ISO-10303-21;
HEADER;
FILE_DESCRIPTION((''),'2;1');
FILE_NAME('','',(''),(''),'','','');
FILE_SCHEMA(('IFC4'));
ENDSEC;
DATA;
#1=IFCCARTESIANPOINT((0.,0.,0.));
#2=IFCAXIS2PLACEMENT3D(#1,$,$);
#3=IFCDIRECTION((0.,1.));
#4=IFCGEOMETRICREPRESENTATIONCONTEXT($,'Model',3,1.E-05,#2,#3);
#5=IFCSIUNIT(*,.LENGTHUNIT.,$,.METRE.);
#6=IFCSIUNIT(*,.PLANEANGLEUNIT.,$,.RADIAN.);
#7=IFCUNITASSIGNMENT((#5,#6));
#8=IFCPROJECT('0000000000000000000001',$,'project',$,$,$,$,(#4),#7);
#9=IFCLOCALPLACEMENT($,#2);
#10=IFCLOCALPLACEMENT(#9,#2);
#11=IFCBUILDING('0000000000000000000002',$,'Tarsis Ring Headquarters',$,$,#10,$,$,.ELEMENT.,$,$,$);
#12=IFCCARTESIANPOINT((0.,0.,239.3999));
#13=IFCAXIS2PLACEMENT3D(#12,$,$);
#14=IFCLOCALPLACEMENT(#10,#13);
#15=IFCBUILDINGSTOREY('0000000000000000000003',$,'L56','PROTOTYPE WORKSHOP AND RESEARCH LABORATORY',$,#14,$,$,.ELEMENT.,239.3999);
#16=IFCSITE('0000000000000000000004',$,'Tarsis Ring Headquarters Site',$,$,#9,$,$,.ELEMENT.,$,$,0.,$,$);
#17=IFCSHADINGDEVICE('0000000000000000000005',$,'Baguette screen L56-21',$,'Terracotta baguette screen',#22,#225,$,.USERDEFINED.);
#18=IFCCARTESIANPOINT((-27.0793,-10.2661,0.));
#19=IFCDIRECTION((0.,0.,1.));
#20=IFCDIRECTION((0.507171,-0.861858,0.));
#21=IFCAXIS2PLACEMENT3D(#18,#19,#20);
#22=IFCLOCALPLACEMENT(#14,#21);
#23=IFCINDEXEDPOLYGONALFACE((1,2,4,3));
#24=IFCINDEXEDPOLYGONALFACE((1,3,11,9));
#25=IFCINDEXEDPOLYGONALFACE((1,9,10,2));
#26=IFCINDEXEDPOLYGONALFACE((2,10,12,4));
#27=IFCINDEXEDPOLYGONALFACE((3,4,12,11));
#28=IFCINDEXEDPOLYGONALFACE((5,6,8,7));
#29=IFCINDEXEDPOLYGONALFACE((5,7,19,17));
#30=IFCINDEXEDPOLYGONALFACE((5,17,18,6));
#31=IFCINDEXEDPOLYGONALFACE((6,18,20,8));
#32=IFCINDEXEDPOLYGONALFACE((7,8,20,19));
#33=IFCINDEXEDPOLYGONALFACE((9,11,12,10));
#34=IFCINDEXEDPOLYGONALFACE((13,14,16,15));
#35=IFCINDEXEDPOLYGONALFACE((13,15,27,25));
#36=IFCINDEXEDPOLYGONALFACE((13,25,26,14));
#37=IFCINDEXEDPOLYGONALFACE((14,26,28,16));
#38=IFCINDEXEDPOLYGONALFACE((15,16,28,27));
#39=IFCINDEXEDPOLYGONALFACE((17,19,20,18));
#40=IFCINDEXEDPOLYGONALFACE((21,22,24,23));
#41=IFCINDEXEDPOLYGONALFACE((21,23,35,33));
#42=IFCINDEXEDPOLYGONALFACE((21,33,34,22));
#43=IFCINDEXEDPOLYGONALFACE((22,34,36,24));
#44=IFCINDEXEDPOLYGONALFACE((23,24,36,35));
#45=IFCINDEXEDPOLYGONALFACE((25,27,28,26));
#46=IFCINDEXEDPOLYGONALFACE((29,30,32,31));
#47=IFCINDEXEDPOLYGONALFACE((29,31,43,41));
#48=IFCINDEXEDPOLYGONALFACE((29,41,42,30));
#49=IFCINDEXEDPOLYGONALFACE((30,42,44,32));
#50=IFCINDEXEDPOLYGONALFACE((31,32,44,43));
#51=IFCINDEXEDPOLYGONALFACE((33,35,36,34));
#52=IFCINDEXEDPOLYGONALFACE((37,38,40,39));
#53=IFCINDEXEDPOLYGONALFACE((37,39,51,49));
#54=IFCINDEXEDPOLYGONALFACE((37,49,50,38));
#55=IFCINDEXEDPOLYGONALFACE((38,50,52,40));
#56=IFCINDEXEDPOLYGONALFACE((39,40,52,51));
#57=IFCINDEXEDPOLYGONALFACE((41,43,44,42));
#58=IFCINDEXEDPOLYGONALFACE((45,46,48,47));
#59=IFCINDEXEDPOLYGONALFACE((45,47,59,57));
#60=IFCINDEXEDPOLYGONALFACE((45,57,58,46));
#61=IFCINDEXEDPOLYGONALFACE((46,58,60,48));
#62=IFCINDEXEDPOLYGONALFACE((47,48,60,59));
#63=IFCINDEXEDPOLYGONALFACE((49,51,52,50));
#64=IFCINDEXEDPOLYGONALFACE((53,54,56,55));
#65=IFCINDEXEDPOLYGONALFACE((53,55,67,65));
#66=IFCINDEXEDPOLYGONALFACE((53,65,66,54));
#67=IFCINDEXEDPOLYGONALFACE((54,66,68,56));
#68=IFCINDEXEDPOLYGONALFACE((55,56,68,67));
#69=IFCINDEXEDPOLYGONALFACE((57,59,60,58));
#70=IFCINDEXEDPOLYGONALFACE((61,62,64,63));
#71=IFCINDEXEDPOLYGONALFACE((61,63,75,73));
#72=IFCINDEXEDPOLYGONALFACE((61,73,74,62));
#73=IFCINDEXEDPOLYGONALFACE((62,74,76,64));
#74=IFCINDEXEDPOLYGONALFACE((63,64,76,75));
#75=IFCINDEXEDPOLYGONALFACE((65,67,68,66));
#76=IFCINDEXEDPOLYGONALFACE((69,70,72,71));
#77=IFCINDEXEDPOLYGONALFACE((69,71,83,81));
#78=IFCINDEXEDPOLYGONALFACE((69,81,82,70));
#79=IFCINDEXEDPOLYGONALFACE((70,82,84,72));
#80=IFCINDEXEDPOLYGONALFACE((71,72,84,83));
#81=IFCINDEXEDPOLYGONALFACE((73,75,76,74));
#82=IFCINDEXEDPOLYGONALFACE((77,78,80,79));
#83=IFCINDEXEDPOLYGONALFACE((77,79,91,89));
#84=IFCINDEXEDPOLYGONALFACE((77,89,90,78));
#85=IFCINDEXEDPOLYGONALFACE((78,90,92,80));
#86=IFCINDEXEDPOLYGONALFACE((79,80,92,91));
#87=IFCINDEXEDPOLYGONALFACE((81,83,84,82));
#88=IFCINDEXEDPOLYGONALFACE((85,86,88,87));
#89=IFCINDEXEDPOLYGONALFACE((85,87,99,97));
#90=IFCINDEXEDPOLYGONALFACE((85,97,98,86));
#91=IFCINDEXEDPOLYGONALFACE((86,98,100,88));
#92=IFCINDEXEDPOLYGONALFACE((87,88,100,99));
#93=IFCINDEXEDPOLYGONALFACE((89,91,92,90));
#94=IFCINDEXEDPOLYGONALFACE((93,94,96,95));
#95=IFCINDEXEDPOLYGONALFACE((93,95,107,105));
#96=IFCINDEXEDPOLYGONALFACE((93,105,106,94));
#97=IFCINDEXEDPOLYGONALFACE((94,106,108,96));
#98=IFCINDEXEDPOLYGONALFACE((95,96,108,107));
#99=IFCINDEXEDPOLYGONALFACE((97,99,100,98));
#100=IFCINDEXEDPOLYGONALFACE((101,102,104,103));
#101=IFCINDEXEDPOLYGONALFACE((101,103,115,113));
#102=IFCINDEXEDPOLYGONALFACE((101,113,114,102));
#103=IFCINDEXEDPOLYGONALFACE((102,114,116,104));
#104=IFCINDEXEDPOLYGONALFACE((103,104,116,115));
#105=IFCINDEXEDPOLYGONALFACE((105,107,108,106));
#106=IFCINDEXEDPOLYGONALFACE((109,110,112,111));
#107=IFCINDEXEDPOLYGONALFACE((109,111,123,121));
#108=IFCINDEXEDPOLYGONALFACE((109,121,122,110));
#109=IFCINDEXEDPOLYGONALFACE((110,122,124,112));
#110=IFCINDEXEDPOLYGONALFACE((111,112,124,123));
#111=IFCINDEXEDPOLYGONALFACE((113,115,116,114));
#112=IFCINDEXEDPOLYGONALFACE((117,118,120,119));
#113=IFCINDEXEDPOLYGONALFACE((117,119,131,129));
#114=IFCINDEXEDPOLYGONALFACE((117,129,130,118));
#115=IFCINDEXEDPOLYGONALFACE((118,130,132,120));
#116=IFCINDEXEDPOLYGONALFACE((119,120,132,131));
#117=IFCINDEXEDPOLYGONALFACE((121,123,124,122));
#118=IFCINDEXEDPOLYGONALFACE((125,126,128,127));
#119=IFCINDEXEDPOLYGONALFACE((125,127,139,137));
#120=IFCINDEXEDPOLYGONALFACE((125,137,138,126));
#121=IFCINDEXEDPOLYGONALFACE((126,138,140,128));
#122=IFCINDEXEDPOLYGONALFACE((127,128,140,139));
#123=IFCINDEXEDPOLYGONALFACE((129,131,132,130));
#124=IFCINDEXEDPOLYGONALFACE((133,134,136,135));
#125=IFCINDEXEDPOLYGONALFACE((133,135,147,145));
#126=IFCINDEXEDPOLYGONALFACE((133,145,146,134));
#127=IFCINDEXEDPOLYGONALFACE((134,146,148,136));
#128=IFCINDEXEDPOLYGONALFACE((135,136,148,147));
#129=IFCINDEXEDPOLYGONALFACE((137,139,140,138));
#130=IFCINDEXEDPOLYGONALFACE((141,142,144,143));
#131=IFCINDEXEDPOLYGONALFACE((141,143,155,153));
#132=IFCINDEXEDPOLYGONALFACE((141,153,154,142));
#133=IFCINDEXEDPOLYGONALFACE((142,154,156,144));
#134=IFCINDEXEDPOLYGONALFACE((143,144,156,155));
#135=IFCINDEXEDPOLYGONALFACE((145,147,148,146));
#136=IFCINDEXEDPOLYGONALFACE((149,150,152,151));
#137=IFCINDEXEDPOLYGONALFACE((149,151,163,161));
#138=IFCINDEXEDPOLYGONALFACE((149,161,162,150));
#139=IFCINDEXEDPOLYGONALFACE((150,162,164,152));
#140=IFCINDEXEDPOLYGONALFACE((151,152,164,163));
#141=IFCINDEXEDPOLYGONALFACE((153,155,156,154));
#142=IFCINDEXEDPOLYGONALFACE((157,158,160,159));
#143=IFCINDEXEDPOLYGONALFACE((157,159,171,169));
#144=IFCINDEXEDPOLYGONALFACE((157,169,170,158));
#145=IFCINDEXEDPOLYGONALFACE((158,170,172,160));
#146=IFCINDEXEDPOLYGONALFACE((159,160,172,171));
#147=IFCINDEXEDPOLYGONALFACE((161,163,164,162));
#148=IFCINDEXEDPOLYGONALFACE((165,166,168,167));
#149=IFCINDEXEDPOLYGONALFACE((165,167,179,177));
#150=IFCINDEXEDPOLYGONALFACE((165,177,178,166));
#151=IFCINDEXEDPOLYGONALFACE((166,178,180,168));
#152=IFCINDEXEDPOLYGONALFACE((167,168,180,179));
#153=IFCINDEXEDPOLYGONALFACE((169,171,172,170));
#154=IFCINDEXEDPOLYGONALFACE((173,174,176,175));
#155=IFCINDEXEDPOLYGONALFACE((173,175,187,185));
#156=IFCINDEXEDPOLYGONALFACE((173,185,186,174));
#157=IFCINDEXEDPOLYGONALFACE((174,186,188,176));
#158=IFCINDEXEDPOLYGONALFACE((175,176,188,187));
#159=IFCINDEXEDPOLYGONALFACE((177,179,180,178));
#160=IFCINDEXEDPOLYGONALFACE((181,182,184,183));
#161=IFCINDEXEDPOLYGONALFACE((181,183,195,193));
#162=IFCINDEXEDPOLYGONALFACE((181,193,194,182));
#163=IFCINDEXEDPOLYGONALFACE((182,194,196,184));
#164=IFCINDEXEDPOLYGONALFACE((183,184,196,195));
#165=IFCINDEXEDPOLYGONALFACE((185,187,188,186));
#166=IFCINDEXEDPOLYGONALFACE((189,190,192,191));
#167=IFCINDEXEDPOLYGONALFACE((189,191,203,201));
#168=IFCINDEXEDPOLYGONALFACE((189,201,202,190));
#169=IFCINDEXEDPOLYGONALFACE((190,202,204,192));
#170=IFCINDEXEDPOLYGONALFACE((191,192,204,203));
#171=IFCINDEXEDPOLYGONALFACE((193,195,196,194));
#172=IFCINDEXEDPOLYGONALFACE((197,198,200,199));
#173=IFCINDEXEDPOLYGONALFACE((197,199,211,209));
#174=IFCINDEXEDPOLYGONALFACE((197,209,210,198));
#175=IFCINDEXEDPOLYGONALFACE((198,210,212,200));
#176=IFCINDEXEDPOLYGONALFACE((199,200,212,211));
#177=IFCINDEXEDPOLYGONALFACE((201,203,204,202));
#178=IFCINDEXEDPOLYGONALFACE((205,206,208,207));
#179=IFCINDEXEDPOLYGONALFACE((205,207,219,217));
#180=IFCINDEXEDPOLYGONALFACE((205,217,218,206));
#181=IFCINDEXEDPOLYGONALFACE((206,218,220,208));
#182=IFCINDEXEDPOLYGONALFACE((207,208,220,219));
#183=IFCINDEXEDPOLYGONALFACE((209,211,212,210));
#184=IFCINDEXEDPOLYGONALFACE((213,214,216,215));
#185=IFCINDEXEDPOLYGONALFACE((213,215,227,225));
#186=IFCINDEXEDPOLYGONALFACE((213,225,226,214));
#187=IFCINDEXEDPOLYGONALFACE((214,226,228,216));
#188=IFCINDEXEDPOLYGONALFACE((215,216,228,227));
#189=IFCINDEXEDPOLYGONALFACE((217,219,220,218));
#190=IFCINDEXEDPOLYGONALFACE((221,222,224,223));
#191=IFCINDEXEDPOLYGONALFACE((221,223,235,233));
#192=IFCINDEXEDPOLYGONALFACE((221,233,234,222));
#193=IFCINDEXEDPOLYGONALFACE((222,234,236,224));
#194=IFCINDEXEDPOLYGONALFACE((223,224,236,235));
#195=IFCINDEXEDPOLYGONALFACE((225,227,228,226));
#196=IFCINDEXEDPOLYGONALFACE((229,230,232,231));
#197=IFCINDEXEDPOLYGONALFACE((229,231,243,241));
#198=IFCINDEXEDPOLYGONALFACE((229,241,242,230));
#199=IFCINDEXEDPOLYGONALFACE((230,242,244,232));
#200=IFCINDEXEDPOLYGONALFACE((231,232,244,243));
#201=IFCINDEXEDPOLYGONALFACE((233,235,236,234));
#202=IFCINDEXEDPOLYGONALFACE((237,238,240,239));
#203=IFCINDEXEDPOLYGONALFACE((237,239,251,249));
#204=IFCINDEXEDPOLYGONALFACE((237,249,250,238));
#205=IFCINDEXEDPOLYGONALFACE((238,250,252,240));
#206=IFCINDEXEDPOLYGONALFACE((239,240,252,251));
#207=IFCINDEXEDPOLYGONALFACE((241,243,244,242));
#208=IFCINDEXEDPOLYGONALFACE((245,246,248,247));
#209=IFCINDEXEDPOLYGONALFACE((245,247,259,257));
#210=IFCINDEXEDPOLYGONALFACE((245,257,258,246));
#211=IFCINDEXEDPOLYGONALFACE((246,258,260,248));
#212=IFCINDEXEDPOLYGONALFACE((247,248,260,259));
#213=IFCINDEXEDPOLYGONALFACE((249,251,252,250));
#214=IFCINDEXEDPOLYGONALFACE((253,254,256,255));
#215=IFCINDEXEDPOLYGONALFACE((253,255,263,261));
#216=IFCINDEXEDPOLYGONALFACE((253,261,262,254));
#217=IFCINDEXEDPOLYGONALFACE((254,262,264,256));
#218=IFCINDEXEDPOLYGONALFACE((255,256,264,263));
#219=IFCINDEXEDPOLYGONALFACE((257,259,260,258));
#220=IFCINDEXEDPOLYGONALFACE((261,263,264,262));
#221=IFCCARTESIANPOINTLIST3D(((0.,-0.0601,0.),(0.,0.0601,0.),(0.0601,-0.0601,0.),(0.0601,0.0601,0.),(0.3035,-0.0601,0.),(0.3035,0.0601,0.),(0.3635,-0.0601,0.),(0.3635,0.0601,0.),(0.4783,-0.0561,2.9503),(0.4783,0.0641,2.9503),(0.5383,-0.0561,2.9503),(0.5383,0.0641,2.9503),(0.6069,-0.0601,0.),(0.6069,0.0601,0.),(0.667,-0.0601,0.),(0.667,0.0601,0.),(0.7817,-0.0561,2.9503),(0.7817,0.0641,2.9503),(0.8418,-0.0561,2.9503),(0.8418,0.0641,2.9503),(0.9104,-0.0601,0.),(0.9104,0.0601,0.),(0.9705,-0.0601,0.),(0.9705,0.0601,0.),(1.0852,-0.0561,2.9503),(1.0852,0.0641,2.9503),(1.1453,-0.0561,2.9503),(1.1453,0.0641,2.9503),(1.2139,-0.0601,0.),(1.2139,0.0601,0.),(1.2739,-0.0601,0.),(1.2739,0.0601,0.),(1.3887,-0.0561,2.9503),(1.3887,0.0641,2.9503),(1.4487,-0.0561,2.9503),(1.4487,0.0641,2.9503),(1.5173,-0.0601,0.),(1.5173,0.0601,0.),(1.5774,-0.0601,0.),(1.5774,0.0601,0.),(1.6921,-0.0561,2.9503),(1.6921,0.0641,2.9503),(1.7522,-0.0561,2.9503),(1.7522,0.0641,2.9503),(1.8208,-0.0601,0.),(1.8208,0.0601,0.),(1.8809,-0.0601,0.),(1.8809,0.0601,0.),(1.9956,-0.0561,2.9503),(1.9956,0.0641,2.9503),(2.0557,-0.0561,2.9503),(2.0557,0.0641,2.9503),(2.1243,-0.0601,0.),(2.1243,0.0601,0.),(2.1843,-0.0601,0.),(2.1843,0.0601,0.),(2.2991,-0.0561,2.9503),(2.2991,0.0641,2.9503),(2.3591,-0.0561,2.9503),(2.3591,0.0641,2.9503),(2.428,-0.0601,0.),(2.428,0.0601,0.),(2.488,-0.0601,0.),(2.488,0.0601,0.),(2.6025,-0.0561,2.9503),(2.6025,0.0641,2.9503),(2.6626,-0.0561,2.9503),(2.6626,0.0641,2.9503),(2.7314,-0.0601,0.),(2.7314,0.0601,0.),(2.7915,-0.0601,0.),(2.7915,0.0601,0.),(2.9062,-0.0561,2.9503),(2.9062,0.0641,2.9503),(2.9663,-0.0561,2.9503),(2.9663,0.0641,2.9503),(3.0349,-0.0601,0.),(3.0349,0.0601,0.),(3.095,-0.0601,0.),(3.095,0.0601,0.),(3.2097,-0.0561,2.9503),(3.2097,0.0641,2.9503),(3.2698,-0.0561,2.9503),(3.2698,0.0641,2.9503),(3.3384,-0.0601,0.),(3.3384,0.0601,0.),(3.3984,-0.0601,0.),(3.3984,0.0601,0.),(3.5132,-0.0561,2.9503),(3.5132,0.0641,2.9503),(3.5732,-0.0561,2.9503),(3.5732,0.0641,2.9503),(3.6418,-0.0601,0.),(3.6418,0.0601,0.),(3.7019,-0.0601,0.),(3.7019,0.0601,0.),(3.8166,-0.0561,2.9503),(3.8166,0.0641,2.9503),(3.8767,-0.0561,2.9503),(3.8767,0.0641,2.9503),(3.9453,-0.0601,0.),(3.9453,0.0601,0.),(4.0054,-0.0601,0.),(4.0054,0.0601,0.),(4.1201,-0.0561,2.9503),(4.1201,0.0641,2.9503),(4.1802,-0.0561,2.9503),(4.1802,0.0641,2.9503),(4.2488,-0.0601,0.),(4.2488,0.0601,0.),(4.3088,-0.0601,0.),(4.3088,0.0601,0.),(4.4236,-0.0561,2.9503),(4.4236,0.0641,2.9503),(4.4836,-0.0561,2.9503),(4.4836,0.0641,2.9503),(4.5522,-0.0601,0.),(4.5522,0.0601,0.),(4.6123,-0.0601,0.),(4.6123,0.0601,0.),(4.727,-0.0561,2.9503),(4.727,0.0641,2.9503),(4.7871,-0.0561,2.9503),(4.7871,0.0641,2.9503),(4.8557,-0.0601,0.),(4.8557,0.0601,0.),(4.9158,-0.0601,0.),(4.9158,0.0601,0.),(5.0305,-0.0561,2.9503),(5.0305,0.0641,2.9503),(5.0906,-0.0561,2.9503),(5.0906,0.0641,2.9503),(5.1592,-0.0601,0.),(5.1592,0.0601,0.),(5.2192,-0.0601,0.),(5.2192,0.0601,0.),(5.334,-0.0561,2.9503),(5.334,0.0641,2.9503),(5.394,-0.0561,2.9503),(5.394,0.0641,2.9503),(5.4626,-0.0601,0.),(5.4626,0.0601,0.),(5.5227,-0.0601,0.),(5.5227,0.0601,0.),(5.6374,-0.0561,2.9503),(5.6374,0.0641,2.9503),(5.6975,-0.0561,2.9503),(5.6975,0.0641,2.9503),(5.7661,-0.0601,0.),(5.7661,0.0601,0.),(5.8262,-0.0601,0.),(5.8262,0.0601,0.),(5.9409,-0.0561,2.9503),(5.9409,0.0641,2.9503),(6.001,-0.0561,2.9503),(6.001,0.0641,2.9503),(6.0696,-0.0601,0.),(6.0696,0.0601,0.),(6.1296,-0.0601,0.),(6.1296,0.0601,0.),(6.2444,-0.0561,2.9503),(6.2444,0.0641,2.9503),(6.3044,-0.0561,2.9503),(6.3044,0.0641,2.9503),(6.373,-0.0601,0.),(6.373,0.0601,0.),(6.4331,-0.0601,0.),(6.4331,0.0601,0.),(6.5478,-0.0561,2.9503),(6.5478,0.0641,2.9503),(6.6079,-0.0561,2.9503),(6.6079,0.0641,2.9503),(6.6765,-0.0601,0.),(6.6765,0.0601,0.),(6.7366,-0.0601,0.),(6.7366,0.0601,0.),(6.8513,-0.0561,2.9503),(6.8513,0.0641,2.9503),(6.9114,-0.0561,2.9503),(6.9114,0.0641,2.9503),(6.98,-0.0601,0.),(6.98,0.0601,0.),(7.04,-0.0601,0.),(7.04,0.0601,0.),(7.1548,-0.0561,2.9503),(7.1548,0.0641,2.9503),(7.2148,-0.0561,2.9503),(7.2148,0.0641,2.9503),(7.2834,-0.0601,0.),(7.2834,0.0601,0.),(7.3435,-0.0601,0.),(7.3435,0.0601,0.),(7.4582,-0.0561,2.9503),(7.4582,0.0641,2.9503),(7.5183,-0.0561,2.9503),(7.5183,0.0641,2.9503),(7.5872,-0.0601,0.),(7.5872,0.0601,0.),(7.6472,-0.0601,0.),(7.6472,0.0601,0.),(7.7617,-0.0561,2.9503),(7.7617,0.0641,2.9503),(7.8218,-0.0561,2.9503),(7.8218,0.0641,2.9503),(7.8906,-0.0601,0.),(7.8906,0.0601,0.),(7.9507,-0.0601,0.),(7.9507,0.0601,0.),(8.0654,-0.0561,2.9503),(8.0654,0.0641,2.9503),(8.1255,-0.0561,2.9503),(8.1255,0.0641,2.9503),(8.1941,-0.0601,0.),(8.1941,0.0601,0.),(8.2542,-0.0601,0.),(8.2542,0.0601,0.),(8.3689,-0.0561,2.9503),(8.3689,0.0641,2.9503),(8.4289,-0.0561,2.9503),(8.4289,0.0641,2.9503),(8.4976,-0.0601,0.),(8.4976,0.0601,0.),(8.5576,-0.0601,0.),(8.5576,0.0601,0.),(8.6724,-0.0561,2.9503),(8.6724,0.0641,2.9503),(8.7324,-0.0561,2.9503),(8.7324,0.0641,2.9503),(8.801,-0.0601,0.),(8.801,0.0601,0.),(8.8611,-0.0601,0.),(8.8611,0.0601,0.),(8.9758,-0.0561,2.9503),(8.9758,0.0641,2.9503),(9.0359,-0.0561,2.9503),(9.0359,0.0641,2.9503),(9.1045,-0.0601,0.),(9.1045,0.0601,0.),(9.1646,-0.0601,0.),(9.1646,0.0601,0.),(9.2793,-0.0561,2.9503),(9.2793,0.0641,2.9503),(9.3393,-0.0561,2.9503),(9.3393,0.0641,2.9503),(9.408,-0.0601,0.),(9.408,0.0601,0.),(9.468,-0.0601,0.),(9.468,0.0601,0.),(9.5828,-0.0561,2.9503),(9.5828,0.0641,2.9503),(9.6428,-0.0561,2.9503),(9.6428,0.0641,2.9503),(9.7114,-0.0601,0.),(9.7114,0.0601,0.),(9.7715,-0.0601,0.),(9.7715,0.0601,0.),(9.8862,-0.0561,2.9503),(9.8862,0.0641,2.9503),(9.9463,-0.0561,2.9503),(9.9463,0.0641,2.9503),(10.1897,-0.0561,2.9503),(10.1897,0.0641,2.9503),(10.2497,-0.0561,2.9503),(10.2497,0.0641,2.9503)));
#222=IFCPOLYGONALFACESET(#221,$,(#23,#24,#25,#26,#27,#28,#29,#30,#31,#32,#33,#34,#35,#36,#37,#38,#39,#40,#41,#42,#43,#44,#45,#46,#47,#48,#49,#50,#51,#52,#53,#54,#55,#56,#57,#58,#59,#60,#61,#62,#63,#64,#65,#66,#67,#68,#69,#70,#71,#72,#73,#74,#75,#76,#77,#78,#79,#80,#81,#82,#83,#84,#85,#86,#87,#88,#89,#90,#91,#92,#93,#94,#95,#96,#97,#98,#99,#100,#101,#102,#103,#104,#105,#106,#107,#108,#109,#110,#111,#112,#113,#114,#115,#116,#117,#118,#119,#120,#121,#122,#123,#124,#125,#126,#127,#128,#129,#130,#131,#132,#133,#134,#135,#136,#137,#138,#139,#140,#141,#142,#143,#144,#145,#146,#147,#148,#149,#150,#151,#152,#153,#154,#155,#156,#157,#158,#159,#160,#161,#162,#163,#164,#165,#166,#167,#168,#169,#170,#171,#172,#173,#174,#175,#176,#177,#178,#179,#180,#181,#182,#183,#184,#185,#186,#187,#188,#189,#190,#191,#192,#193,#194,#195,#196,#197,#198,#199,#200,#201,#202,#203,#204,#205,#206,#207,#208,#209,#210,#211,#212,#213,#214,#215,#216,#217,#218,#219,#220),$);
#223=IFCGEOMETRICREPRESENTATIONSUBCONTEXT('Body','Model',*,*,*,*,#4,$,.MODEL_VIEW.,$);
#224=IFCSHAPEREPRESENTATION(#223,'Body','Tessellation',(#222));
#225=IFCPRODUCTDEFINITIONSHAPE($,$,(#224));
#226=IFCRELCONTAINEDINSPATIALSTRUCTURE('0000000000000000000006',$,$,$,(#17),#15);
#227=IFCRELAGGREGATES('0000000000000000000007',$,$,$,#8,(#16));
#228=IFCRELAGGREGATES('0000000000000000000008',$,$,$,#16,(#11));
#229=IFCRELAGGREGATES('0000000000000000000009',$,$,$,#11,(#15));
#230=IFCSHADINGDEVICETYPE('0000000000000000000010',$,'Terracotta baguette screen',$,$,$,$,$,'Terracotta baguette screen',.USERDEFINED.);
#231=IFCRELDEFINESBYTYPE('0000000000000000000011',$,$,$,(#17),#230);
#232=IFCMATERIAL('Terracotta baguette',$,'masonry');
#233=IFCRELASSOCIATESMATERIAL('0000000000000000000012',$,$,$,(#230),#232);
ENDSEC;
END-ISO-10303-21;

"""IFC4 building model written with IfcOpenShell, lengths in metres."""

from ifc_helpers import new_model, si_unit, direction, frame, frame_2d, origin, place, context, subcontext, project, spatial, rectangle, composite_profile, extrude, material, type_object, element, save


model = new_model("IFC4")

# Units and contexts
model_context = context("Model", 3, precision=1e-05, world=origin(), true_north=direction((0.0, 1.0)))
body_context = subcontext(model_context, "Body", "Model", "MODEL_VIEW")
ifc_project = project(units=[si_unit("LENGTHUNIT", "METRE"), si_unit("PLANEANGLEUNIT", "RADIAN")], contexts=[model_context])

# Site, building, storey
site_placement = place(None, origin())
site = spatial("IfcSite", under=ifc_project, at=site_placement, Name="Tarsis Ring Headquarters Site", CompositionType="ELEMENT", RefElevation=0.0)
building_placement = place(site_placement, origin())
building = spatial("IfcBuilding", under=site, at=building_placement, Name="Tarsis Ring Headquarters", CompositionType="ELEMENT")
storey_placement = place(building_placement, frame((0.0, 0.0, 239.3999)))
storey = spatial("IfcBuildingStorey", under=building, at=storey_placement, Name="L56", Description="PROTOTYPE WORKSHOP AND RESEARCH LABORATORY", CompositionType="ELEMENT", Elevation=239.3999)

# Shading device
ifc_material_1 = material(Name="Terracotta baguette", Category="masonry")
shading_device_type_1 = type_object("IfcShadingDeviceType", Name="Terracotta baguette screen", ElementType="Terracotta baguette screen", PredefinedType="USERDEFINED", material=ifc_material_1)
shading_device_1_placement = place(storey_placement, frame((-27.0793, -10.2661, 0.0), z_axis=(0.0, 0.0, 1.0), x_axis=(0.507171, -0.861858, 0.0)))
element("IfcShadingDevice", 1, at=shading_device_1_placement, inside=storey, type_object=shading_device_type_1, Name="Baguette screen L56-21", ObjectType="Terracotta baguette screen", PredefinedType="USERDEFINED", context=body_context, shape_type="SweptSolid", body=[
    extrude(composite_profile([rectangle(XDim=0.0601, YDim=0.1201, at=frame_2d((0.03, 0.0))), rectangle(XDim=0.0601, YDim=0.1201, at=frame_2d((0.3335, 0.0))), rectangle(XDim=0.0601, YDim=0.1201, at=frame_2d((0.637, 0.0))), rectangle(XDim=0.0601, YDim=0.1201, at=frame_2d((0.9404, 0.0))), rectangle(XDim=0.0601, YDim=0.1201, at=frame_2d((1.2439, 0.0))), rectangle(XDim=0.0601, YDim=0.1201, at=frame_2d((1.5474, 0.0))), rectangle(XDim=0.0601, YDim=0.1201, at=frame_2d((1.8508, 0.0))), rectangle(XDim=0.0601, YDim=0.1201, at=frame_2d((2.1543, 0.0))), rectangle(XDim=0.0601, YDim=0.1201, at=frame_2d((2.458, 0.0))), rectangle(XDim=0.0601, YDim=0.1201, at=frame_2d((2.7615, 0.0))), rectangle(XDim=0.0601, YDim=0.1201, at=frame_2d((3.0649, 0.0))), rectangle(XDim=0.0601, YDim=0.1201, at=frame_2d((3.3684, 0.0))), rectangle(XDim=0.0601, YDim=0.1201, at=frame_2d((3.6719, 0.0))), rectangle(XDim=0.0601, YDim=0.1201, at=frame_2d((3.9753, 0.0))), rectangle(XDim=0.0601, YDim=0.1201, at=frame_2d((4.2788, 0.0))), rectangle(XDim=0.0601, YDim=0.1201, at=frame_2d((4.5823, 0.0))), rectangle(XDim=0.0601, YDim=0.1201, at=frame_2d((4.8857, 0.0))), rectangle(XDim=0.0601, YDim=0.1201, at=frame_2d((5.1892, 0.0))), rectangle(XDim=0.0601, YDim=0.1201, at=frame_2d((5.4927, 0.0))), rectangle(XDim=0.0601, YDim=0.1201, at=frame_2d((5.7961, 0.0))), rectangle(XDim=0.0601, YDim=0.1201, at=frame_2d((6.0996, 0.0))), rectangle(XDim=0.0601, YDim=0.1201, at=frame_2d((6.4031, 0.0))), rectangle(XDim=0.0601, YDim=0.1201, at=frame_2d((6.7065, 0.0))), rectangle(XDim=0.0601, YDim=0.1201, at=frame_2d((7.01, 0.0))), rectangle(XDim=0.0601, YDim=0.1201, at=frame_2d((7.3135, 0.0))), rectangle(XDim=0.0601, YDim=0.1201, at=frame_2d((7.6172, 0.0))), rectangle(XDim=0.0601, YDim=0.1201, at=frame_2d((7.9207, 0.0))), rectangle(XDim=0.0601, YDim=0.1201, at=frame_2d((8.2241, 0.0))), rectangle(XDim=0.0601, YDim=0.1201, at=frame_2d((8.5276, 0.0))), rectangle(XDim=0.0601, YDim=0.1201, at=frame_2d((8.8311, 0.0))), rectangle(XDim=0.0601, YDim=0.1201, at=frame_2d((9.1345, 0.0))), rectangle(XDim=0.0601, YDim=0.1201, at=frame_2d((9.438, 0.0))), rectangle(XDim=0.0601, YDim=0.1201, at=frame_2d((9.7415, 0.0)))]), origin(), (0.160021, 0.00134, 0.987113), 2.9888),
])

save(model, "model.ifc")
